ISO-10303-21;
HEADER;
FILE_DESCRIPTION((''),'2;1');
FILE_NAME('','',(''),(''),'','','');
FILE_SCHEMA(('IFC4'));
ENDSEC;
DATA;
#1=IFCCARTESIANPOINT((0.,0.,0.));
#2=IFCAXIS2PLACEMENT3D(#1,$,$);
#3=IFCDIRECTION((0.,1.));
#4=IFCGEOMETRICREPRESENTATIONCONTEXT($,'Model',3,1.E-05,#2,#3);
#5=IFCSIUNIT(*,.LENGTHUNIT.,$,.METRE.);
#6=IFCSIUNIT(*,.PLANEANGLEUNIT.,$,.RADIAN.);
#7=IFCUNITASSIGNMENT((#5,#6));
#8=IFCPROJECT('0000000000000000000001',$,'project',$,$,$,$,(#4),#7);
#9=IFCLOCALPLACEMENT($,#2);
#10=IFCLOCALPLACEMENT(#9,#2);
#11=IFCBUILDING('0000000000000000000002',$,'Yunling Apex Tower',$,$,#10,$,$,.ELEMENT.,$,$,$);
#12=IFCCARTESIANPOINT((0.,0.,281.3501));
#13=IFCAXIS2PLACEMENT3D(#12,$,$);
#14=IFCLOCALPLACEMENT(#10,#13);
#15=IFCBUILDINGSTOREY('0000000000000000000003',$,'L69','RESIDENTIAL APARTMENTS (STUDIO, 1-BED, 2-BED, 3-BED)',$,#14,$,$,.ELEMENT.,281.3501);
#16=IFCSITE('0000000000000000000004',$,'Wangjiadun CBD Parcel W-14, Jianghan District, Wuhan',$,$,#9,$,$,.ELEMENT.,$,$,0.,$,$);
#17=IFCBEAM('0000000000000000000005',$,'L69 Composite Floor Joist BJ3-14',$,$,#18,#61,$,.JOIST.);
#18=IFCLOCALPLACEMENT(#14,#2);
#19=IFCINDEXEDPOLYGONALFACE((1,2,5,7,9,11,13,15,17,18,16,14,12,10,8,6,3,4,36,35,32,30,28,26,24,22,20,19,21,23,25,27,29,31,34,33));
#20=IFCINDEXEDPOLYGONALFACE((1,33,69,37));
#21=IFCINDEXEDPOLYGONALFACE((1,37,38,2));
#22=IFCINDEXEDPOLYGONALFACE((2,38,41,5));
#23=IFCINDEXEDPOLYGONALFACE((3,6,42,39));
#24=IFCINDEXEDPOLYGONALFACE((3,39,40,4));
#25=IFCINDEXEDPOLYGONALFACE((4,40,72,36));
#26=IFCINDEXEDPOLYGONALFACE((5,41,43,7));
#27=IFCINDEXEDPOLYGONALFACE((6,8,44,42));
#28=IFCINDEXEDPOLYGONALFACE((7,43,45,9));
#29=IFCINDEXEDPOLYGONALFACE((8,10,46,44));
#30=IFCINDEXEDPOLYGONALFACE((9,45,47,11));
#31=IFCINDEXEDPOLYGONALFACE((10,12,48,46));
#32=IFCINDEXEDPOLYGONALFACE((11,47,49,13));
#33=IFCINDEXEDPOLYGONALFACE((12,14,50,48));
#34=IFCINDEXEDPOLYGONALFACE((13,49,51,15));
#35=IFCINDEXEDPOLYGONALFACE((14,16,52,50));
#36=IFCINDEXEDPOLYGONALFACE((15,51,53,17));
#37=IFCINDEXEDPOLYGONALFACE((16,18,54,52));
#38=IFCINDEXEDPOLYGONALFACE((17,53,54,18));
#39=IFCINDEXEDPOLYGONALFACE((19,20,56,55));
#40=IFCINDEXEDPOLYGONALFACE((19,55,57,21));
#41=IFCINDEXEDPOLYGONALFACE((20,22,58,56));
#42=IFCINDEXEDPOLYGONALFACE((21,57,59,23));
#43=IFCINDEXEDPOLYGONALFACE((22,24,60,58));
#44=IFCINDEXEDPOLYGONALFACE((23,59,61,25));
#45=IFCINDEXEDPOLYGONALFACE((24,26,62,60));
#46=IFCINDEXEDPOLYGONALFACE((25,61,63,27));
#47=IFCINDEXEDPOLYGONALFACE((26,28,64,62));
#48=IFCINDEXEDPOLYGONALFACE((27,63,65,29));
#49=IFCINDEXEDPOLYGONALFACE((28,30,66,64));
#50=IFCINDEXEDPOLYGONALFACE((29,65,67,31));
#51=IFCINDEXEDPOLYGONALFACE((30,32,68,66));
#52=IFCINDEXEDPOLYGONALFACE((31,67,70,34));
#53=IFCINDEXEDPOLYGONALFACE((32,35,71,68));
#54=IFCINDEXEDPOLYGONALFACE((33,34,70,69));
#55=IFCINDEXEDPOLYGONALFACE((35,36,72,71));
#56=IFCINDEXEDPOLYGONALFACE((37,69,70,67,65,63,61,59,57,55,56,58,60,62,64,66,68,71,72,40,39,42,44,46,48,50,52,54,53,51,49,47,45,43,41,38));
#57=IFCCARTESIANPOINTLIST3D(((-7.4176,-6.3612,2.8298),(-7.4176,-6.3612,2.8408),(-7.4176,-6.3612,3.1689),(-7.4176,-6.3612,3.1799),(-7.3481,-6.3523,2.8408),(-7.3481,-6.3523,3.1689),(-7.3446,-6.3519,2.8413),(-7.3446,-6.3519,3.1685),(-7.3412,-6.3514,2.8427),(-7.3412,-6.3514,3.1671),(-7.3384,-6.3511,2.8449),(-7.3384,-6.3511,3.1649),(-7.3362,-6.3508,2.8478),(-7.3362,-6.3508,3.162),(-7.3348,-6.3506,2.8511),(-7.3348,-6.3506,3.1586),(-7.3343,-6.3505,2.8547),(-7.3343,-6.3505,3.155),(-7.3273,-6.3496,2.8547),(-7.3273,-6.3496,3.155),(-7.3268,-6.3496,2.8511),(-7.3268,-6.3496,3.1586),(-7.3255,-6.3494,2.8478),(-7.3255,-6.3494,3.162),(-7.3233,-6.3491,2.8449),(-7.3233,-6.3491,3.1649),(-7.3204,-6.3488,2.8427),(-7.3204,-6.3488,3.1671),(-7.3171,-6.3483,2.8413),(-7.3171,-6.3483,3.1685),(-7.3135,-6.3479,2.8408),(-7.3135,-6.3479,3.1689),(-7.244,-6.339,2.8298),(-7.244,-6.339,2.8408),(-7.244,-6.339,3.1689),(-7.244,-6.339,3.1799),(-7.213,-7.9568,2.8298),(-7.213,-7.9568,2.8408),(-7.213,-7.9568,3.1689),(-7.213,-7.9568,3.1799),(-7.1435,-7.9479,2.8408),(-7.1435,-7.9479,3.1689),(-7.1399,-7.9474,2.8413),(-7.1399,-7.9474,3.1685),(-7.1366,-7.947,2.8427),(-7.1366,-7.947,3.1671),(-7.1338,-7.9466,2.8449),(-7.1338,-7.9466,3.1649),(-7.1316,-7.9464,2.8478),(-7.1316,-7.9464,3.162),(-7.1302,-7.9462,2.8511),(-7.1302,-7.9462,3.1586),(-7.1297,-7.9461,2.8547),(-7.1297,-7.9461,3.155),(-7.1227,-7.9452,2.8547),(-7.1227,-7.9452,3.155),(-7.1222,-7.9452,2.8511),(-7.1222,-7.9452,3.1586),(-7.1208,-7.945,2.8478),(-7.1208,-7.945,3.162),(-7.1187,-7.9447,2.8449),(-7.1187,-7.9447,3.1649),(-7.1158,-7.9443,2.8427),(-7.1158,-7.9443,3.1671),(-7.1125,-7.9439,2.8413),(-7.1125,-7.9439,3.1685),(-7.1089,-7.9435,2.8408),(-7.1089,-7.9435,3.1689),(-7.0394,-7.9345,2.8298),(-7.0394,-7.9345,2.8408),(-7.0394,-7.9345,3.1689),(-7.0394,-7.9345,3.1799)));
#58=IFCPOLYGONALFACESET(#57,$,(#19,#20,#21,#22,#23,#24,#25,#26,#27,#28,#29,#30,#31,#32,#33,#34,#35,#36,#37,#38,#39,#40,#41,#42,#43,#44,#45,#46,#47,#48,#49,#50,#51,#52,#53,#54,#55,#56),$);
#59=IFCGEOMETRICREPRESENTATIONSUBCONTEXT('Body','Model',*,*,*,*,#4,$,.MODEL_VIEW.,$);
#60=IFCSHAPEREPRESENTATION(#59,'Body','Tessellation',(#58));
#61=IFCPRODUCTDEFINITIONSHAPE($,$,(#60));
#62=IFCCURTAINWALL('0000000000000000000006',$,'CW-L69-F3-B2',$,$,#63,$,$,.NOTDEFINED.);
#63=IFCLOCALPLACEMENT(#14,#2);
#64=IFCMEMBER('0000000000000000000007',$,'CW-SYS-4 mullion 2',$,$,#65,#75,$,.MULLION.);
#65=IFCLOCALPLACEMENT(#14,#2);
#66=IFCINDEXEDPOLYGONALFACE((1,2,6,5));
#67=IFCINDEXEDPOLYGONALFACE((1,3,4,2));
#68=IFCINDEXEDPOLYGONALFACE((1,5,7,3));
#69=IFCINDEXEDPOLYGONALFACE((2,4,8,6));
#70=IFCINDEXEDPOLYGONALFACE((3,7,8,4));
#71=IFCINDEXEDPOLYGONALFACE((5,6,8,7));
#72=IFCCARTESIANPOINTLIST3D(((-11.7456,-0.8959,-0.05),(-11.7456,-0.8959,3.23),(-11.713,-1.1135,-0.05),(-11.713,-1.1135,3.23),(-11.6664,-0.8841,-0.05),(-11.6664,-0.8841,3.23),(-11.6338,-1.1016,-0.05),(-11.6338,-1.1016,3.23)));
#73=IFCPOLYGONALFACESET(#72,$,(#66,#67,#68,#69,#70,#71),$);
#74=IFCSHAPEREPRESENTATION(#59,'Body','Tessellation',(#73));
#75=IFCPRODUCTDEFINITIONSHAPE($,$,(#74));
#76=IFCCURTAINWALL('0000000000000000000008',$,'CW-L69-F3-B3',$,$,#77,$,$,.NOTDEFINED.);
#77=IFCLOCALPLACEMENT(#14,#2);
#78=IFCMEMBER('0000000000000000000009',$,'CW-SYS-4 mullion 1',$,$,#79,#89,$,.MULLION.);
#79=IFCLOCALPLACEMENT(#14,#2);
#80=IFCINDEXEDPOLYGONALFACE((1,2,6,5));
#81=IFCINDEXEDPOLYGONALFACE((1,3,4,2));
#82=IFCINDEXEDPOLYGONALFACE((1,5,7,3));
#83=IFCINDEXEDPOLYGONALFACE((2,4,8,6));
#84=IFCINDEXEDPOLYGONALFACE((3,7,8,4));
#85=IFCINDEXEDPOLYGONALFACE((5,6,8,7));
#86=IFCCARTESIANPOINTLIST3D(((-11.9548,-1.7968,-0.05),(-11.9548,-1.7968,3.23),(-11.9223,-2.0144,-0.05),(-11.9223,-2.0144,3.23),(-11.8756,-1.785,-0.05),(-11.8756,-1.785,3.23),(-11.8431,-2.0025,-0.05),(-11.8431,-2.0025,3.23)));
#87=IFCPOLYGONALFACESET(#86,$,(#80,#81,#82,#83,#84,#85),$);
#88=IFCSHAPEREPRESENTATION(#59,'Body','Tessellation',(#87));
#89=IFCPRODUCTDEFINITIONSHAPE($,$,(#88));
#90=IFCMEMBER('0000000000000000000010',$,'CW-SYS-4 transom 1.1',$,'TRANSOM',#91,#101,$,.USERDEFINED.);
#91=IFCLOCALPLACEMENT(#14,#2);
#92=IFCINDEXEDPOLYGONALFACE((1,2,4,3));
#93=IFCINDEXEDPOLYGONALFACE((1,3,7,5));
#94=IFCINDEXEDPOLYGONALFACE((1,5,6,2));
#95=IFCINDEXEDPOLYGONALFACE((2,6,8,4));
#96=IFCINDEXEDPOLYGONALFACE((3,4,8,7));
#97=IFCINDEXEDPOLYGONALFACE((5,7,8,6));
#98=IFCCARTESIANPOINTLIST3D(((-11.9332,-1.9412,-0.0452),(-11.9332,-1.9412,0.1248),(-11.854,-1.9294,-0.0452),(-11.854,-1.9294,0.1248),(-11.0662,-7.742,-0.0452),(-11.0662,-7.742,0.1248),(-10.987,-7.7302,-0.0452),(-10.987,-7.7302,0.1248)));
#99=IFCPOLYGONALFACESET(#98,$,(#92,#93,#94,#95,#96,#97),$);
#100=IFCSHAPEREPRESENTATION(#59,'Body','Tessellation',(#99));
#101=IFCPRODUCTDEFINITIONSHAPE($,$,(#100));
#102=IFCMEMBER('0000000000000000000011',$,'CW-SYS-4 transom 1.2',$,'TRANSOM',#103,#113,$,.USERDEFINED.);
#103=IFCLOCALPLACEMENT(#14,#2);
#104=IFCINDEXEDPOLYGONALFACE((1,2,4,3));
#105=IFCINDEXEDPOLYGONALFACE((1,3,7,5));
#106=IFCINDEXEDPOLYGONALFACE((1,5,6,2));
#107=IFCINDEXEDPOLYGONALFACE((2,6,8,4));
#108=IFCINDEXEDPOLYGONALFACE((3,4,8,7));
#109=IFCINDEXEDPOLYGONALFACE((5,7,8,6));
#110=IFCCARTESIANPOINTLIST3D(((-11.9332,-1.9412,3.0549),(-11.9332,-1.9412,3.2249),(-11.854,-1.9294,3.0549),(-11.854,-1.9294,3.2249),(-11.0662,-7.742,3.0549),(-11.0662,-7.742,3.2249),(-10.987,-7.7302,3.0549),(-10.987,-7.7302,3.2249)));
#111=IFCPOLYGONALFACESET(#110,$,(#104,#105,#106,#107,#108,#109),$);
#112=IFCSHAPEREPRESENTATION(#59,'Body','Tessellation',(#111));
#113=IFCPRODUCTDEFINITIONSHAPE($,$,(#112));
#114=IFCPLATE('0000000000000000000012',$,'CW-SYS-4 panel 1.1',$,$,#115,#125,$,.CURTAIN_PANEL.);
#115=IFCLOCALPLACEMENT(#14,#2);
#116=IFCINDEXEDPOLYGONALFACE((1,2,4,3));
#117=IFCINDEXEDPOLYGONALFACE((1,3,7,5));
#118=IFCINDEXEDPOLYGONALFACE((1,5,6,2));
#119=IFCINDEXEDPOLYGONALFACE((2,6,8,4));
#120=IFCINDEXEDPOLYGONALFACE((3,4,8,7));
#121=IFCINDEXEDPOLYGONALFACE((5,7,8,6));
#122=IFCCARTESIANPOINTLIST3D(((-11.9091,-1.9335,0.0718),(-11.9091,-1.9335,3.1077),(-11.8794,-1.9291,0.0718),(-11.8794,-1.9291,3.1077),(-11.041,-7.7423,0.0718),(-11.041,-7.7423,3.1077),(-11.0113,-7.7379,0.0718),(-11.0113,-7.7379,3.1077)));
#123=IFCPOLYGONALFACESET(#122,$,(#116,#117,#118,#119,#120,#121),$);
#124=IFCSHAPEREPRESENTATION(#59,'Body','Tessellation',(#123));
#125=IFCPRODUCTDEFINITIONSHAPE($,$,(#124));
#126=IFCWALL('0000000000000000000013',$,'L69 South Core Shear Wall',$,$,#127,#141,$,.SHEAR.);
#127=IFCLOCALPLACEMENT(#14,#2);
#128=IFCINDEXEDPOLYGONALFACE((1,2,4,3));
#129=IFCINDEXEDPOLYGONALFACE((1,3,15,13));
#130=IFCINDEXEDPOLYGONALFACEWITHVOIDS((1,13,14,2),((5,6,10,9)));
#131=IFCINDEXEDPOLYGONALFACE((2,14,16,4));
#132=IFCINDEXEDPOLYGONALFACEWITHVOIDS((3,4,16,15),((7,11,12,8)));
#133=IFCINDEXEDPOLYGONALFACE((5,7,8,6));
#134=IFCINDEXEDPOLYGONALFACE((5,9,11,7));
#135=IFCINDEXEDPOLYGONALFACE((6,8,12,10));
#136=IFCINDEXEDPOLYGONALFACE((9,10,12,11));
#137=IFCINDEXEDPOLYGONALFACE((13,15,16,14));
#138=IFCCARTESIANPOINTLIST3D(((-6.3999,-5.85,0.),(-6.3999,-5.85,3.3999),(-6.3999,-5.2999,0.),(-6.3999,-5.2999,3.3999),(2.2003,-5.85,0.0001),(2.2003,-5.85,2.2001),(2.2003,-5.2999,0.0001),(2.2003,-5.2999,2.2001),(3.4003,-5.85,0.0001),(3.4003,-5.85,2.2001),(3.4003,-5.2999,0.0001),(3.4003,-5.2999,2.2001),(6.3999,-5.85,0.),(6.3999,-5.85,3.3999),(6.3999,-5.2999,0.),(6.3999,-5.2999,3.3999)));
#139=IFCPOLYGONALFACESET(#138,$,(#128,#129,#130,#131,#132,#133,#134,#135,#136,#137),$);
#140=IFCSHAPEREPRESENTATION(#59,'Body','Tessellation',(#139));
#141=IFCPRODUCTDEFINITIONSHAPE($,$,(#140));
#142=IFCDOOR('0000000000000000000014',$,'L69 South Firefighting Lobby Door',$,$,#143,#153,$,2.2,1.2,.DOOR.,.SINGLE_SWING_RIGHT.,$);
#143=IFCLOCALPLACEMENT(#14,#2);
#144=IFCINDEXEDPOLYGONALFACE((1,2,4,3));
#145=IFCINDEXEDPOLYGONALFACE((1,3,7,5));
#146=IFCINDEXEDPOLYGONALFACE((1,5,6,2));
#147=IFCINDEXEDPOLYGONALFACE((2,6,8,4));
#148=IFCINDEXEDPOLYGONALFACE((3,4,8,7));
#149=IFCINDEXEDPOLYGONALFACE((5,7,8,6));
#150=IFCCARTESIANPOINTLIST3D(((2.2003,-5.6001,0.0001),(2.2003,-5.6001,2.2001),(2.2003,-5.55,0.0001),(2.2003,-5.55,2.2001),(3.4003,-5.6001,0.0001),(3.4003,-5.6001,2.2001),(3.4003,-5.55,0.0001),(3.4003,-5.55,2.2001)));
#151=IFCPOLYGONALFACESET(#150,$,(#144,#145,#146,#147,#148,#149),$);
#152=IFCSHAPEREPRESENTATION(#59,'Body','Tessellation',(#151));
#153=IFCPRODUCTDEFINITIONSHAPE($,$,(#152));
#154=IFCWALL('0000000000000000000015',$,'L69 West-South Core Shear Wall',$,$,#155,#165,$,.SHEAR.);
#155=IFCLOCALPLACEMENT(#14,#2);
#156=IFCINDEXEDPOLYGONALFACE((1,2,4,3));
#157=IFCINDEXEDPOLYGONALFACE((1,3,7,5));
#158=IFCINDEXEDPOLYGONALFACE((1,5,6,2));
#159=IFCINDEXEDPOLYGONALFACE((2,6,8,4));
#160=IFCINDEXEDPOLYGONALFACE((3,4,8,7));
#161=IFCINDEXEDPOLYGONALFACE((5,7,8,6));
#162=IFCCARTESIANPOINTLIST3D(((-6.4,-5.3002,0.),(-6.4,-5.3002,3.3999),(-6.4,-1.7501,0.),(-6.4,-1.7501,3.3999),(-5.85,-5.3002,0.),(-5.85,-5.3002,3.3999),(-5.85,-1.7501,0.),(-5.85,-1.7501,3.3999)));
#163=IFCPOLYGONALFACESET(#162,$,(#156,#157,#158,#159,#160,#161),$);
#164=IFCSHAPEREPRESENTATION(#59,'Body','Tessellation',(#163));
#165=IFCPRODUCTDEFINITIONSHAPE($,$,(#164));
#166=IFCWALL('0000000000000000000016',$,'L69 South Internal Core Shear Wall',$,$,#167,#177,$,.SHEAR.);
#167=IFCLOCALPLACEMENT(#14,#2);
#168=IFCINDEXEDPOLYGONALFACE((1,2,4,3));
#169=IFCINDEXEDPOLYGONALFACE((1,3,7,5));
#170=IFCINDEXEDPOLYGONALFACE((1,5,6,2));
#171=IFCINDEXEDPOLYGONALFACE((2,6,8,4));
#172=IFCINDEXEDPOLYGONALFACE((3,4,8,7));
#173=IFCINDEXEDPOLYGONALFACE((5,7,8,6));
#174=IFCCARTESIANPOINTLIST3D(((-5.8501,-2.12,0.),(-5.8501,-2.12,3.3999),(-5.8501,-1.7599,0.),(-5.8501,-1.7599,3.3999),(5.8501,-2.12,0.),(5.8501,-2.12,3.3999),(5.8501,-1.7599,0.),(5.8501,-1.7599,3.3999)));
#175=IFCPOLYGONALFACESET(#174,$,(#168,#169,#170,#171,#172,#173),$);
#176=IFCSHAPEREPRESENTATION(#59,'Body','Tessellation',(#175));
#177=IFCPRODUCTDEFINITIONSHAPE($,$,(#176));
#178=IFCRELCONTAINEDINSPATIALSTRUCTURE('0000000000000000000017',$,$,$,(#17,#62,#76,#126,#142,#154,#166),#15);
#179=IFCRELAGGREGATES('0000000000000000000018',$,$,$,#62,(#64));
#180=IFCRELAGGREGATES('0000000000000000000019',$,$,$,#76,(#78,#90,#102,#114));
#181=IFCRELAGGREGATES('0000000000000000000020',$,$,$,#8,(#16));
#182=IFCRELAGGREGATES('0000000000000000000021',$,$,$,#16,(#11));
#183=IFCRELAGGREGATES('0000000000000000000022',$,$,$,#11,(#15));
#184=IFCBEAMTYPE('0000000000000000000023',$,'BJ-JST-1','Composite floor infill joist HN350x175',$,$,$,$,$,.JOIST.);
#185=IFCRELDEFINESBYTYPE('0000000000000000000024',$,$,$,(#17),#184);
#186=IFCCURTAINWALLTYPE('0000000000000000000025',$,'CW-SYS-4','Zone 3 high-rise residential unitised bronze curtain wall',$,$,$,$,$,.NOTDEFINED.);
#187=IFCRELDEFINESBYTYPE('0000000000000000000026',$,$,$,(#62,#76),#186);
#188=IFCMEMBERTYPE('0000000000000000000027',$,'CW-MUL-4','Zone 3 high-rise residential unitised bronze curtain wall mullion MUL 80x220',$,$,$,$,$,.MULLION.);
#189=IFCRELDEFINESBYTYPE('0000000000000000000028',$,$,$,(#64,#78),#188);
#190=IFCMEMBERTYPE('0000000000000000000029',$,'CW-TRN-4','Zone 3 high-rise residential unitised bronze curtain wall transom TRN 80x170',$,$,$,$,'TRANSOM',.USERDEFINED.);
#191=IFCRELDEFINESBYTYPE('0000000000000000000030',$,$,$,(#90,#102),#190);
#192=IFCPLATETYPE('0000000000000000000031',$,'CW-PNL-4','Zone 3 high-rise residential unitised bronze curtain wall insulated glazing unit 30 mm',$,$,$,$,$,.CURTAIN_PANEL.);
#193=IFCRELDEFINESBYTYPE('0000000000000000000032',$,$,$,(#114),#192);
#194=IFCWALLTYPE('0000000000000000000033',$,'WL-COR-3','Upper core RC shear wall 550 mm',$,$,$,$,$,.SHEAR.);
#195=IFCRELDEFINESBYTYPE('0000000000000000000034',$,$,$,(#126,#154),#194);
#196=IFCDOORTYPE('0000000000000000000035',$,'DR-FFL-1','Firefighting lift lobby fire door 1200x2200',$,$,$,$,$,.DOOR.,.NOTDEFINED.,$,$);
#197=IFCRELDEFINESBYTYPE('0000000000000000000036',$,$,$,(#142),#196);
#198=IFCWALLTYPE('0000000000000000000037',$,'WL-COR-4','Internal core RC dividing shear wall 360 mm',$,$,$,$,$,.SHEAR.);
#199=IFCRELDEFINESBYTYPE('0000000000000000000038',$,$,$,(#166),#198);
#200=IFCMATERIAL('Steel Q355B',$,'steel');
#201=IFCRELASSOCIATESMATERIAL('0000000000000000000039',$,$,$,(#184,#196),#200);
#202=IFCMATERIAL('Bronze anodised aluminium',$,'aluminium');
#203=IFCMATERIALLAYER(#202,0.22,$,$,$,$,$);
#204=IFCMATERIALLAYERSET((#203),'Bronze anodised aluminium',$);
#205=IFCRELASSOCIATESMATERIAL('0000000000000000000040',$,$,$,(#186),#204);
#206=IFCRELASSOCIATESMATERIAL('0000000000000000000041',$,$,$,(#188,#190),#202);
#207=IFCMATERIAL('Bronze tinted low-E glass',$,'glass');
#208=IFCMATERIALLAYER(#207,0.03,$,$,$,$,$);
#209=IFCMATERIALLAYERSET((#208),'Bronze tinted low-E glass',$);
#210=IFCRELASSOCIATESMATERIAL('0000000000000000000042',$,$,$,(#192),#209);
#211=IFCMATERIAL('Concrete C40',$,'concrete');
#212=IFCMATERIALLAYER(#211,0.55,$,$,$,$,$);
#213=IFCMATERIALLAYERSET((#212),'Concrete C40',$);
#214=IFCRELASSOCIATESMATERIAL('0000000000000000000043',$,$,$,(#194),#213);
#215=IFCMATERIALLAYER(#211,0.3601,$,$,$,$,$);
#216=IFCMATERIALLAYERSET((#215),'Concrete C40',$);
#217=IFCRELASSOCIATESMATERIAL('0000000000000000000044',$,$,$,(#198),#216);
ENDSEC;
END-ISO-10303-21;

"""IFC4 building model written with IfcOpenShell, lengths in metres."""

from ifc_helpers import new_model, si_unit, direction, frame, frame_2d, origin, origin_2d, place, context, subcontext, project, spatial, rectangle, i_section, extrude, source, transform, mapped, material, layer, layer_set, material_profile, profile_set, type_object, element, fill, aggregate, save


model = new_model("IFC4")

# Units and contexts
model_context = context("Model", 3, precision=1e-05, world=origin(), true_north=direction((0.0, 1.0)))
body_context = subcontext(model_context, "Body", "Model", "MODEL_VIEW")
ifc_project = project(units=[si_unit("LENGTHUNIT", "METRE"), si_unit("PLANEANGLEUNIT", "RADIAN")], contexts=[model_context])

# Site, building, storey
site_placement = place(None, origin())
site = spatial("IfcSite", under=ifc_project, at=site_placement, Name="Wangjiadun CBD Parcel W-14, Jianghan District, Wuhan", CompositionType="ELEMENT", RefElevation=0.0)
building_placement = place(site_placement, origin())
building = spatial("IfcBuilding", under=site, at=building_placement, Name="Yunling Apex Tower", CompositionType="ELEMENT")
storey_placement = place(building_placement, frame((0.0, 0.0, 281.3501)))
storey = spatial("IfcBuildingStorey", under=building, at=storey_placement, Name="L69", Description="RESIDENTIAL APARTMENTS (STUDIO, 1-BED, 2-BED, 3-BED)", CompositionType="ELEMENT", Elevation=281.3501)

# Shared definitions
ifc_material_1 = material(Name="Steel Q355B", Category="steel")

# Beam
ifc_material_2 = material(Name="Concrete C40", Category="concrete")
ifc_material_profile_1 = material_profile(ifc_material_1, i_section(OverallWidth=0.175, OverallDepth=0.3501, WebThickness=0.0071, FlangeThickness=0.011, FilletRadius=0.0139, at=origin_2d()))
ifc_profile_set_1 = profile_set([ifc_material_profile_1], Name="Steel Q355B")
beam_type_1 = type_object("IfcBeamType", Name="BJ-JST-1", Description="Composite floor infill joist HN350x175", PredefinedType="JOIST", material=ifc_profile_set_1)
shared_shape_1 = source(origin(), body_context, "Body", "SweptSolid", [
    extrude(i_section(OverallWidth=0.175, OverallDepth=0.3501, WebThickness=0.0071, FlangeThickness=0.011, FilletRadius=0.0139, at=origin_2d()), origin(), (0.0, 0.0, 1.0), 1.6086),
])
beam_1_placement = place(storey_placement, frame((-7.3308, -6.3501, 3.0049), z_axis=(0.127191, -0.991878, 0.0), x_axis=(0.991878, 0.127191, 0.0)))
element("IfcBeam", 1, at=beam_1_placement, inside=storey, type_object=beam_type_1, Name="L69 Composite Floor Joist BJ3-14", PredefinedType="JOIST", context=body_context, shape_type="MappedRepresentation", body=[
    mapped(shared_shape_1, transform((0.0, 0.0, 0.0), scale=1.0)),
])

# Curtain wall, member
ifc_material_3 = material(Name="Bronze anodised aluminium", Category="aluminium")
ifc_layer_1 = layer(ifc_material_3, 0.22)
ifc_layer_set_1 = layer_set([ifc_layer_1], Name="Bronze anodised aluminium")
curtain_wall_type = type_object("IfcCurtainWallType", Name="CW-SYS-4", Description="Zone 3 high-rise residential unitised bronze curtain wall", PredefinedType="NOTDEFINED", material=ifc_layer_set_1)
curtain_wall_1_placement = place(storey_placement, origin())
curtain_wall_1 = element("IfcCurtainWall", 2, at=curtain_wall_1_placement, inside=storey, type_object=curtain_wall_type, Name="CW-L69-F3-B2", PredefinedType="NOTDEFINED")
ifc_material_profile_2 = material_profile(ifc_material_3, rectangle(XDim=0.0801, YDim=0.22, at=origin_2d()))
ifc_profile_set_2 = profile_set([ifc_material_profile_2], Name="Bronze anodised aluminium")
member_type_1 = type_object("IfcMemberType", Name="CW-MUL-4", Description="Zone 3 high-rise residential unitised bronze curtain wall mullion MUL 80x220", PredefinedType="MULLION", material=ifc_profile_set_2)
shared_shape_2 = source(origin(), body_context, "Body", "SweptSolid", [
    extrude(rectangle(XDim=0.0801, YDim=0.22, at=origin_2d()), origin(), (0.0, 0.0, 1.0), 3.28),
])
member_1_placement = place(storey_placement, frame((-11.6897, -0.9988, -0.05), z_axis=(0.0, 0.0, 1.0), x_axis=(0.989017, 0.147804, 0.0)))
member_1 = element("IfcMember", 3, at=member_1_placement, type_object=member_type_1, Name="CW-SYS-4 mullion 2", PredefinedType="MULLION", context=body_context, shape_type="MappedRepresentation", body=[
    mapped(shared_shape_2, transform((0.0, 0.0, 0.0), scale=1.0)),
])
aggregate(curtain_wall_1, [member_1])

# Curtain wall, members, plate
curtain_wall_2_placement = place(storey_placement, origin())
curtain_wall_2 = element("IfcCurtainWall", 4, at=curtain_wall_2_placement, inside=storey, type_object=curtain_wall_type, Name="CW-L69-F3-B3", PredefinedType="NOTDEFINED")
member_2_placement = place(storey_placement, frame((-11.8989, -1.8997, -0.05), z_axis=(0.0, 0.0, 1.0), x_axis=(0.989016, 0.147807, 0.0)))
member_2 = element("IfcMember", 5, at=member_2_placement, type_object=member_type_1, Name="CW-SYS-4 mullion 1", PredefinedType="MULLION", context=body_context, shape_type="MappedRepresentation", body=[
    mapped(shared_shape_2, transform((0.0, 0.0, 0.0), scale=1.0)),
])
ifc_material_profile_3 = material_profile(ifc_material_3, rectangle(XDim=0.0801, YDim=0.1699, at=origin_2d()))
ifc_profile_set_3 = profile_set([ifc_material_profile_3], Name="Bronze anodised aluminium")
member_type_2 = type_object("IfcMemberType", Name="CW-TRN-4", Description="Zone 3 high-rise residential unitised bronze curtain wall transom TRN 80x170", ElementType="TRANSOM", PredefinedType="USERDEFINED", material=ifc_profile_set_3)
shared_shape_3 = source(origin(), body_context, "Body", "SweptSolid", [
    extrude(rectangle(XDim=0.0801, YDim=0.1699, at=origin_2d()), origin(), (0.0, 0.0, 1.0), 5.8652),
])
member_3_placement = place(storey_placement, frame((-11.8936, -1.9353, 0.0398), z_axis=(0.147811, -0.989016, 0.0), x_axis=(0.989016, 0.147811, 0.0)))
member_3 = element("IfcMember", 6, at=member_3_placement, type_object=member_type_2, Name="CW-SYS-4 transom 1.1", ObjectType="TRANSOM", PredefinedType="USERDEFINED", context=body_context, shape_type="MappedRepresentation", body=[
    mapped(shared_shape_3, transform((0.0, 0.0, 0.0), scale=1.0)),
])
member_4_placement = place(storey_placement, frame((-11.8936, -1.9353, 3.1399), z_axis=(0.147811, -0.989016, 0.0), x_axis=(0.989016, 0.147811, 0.0)))
member_4 = element("IfcMember", 7, at=member_4_placement, type_object=member_type_2, Name="CW-SYS-4 transom 1.2", ObjectType="TRANSOM", PredefinedType="USERDEFINED", context=body_context, shape_type="MappedRepresentation", body=[
    mapped(shared_shape_3, transform((0.0, 0.0, 0.0), scale=1.0)),
])
ifc_material_4 = material(Name="Bronze tinted low-E glass", Category="glass")
ifc_layer_2 = layer(ifc_material_4, 0.03)
ifc_layer_set_2 = layer_set([ifc_layer_2], Name="Bronze tinted low-E glass")
plate_type = type_object("IfcPlateType", Name="CW-PNL-4", Description="Zone 3 high-rise residential unitised bronze curtain wall insulated glazing unit 30 mm", PredefinedType="CURTAIN_PANEL", material=ifc_layer_set_2)
shared_shape_4 = source(origin(), body_context, "Body", "SweptSolid", [
    extrude(rectangle(XDim=5.8733, YDim=0.03, at=origin_2d()), origin(), (0.0, 0.0, 1.0), 3.0359),
])
plate_placement = place(storey_placement, frame((-11.4602, -4.8357, 0.0718), z_axis=(0.0, 0.0, 1.0), x_axis=(0.147807, -0.989016, 0.0)))
plate = element("IfcPlate", 8, at=plate_placement, type_object=plate_type, Name="CW-SYS-4 panel 1.1", PredefinedType="CURTAIN_PANEL", context=body_context, shape_type="MappedRepresentation", body=[
    mapped(shared_shape_4, transform((0.0, 0.0, 0.0), scale=1.0)),
])
aggregate(curtain_wall_2, [member_2, member_3, member_4, plate])

# Wall, opening, door
ifc_layer_3 = layer(ifc_material_2, 0.55)
ifc_layer_set_3 = layer_set([ifc_layer_3], Name="Concrete C40")
wall_type_1 = type_object("IfcWallType", Name="WL-COR-3", Description="Upper core RC shear wall 550 mm", PredefinedType="SHEAR", material=ifc_layer_set_3)
wall_1_placement = place(storey_placement, frame((-6.3999, -5.575, 0.0), z_axis=(0.0, 0.0, 1.0), x_axis=(1.0, 0.0, 0.0)))
wall_1 = element("IfcWall", 9, at=wall_1_placement, inside=storey, type_object=wall_type_1, Name="L69 South Core Shear Wall", PredefinedType="SHEAR", context=body_context, shape_type="SweptSolid", body=[
    extrude(rectangle(XDim=12.7998, YDim=0.55, at=frame_2d((6.3999, 0.0))), origin(), (0.0, 0.0, 1.0), 3.3999),
])
opening_1_placement = place(wall_1_placement, frame((8.6001, 0.0, 0.0)))
opening_1 = element("IfcOpeningElement", 10, at=opening_1_placement, cuts=wall_1, PredefinedType="OPENING", context=body_context, shape_type="SweptSolid", body=[
    extrude(rectangle(XDim=1.2, YDim=2.2, at=frame_2d((0.6001, 1.1001))), frame((0.0, 0.2852, 0.0), z_axis=(0.0, -1.0, 0.0), x_axis=(1.0, 0.0, 0.0)), (0.0, 0.0, 1.0), 0.5701),
])
door_type_1 = type_object("IfcDoorType", Name="DR-FFL-1", Description="Firefighting lift lobby fire door 1200x2200", OperationType="NOTDEFINED", PredefinedType="DOOR", material=ifc_material_1)
door_1_placement = place(opening_1_placement, origin())
door_1 = element("IfcDoor", 11, at=door_1_placement, inside=storey, type_object=door_type_1, Name="L69 South Firefighting Lobby Door", OperationType="SINGLE_SWING_RIGHT", OverallHeight=2.2, OverallWidth=1.2, PredefinedType="DOOR", context=body_context, shape_type="SweptSolid", body=[
    extrude(rectangle(XDim=1.2, YDim=2.2, at=frame_2d((0.6001, 1.1001))), frame((0.0, 0.0249, 0.0), z_axis=(0.0, -1.0, 0.0), x_axis=(1.0, 0.0, 0.0)), (0.0, 0.0, 1.0), 0.05),
])
fill(opening_1, door_1)

# Walls
wall_2_placement = place(storey_placement, frame((-6.125, -5.3, 0.0), z_axis=(0.0, 0.0, 1.0), x_axis=(0.0, 1.0, 0.0)))
element("IfcWall", 12, at=wall_2_placement, inside=storey, type_object=wall_type_1, Name="L69 West-South Core Shear Wall", PredefinedType="SHEAR", context=body_context, shape_type="SweptSolid", body=[
    extrude(rectangle(XDim=3.55, YDim=0.55, at=frame_2d((1.7749, 0.0))), origin(), (0.0, 0.0, 1.0), 3.3999),
])
ifc_layer_4 = layer(ifc_material_2, 0.3601)
ifc_layer_set_4 = layer_set([ifc_layer_4], Name="Concrete C40")
wall_type_2 = type_object("IfcWallType", Name="WL-COR-4", Description="Internal core RC dividing shear wall 360 mm", PredefinedType="SHEAR", material=ifc_layer_set_4)
wall_3_placement = place(storey_placement, frame((-5.8501, -1.9399, 0.0), z_axis=(0.0, 0.0, 1.0), x_axis=(1.0, 0.0, 0.0)))
element("IfcWall", 13, at=wall_3_placement, inside=storey, type_object=wall_type_2, Name="L69 South Internal Core Shear Wall", PredefinedType="SHEAR", context=body_context, shape_type="SweptSolid", body=[
    extrude(rectangle(XDim=11.7002, YDim=0.3601, at=frame_2d((5.8501, 0.0))), origin(), (0.0, 0.0, 1.0), 3.3999),
])

save(model, "model.ifc")
